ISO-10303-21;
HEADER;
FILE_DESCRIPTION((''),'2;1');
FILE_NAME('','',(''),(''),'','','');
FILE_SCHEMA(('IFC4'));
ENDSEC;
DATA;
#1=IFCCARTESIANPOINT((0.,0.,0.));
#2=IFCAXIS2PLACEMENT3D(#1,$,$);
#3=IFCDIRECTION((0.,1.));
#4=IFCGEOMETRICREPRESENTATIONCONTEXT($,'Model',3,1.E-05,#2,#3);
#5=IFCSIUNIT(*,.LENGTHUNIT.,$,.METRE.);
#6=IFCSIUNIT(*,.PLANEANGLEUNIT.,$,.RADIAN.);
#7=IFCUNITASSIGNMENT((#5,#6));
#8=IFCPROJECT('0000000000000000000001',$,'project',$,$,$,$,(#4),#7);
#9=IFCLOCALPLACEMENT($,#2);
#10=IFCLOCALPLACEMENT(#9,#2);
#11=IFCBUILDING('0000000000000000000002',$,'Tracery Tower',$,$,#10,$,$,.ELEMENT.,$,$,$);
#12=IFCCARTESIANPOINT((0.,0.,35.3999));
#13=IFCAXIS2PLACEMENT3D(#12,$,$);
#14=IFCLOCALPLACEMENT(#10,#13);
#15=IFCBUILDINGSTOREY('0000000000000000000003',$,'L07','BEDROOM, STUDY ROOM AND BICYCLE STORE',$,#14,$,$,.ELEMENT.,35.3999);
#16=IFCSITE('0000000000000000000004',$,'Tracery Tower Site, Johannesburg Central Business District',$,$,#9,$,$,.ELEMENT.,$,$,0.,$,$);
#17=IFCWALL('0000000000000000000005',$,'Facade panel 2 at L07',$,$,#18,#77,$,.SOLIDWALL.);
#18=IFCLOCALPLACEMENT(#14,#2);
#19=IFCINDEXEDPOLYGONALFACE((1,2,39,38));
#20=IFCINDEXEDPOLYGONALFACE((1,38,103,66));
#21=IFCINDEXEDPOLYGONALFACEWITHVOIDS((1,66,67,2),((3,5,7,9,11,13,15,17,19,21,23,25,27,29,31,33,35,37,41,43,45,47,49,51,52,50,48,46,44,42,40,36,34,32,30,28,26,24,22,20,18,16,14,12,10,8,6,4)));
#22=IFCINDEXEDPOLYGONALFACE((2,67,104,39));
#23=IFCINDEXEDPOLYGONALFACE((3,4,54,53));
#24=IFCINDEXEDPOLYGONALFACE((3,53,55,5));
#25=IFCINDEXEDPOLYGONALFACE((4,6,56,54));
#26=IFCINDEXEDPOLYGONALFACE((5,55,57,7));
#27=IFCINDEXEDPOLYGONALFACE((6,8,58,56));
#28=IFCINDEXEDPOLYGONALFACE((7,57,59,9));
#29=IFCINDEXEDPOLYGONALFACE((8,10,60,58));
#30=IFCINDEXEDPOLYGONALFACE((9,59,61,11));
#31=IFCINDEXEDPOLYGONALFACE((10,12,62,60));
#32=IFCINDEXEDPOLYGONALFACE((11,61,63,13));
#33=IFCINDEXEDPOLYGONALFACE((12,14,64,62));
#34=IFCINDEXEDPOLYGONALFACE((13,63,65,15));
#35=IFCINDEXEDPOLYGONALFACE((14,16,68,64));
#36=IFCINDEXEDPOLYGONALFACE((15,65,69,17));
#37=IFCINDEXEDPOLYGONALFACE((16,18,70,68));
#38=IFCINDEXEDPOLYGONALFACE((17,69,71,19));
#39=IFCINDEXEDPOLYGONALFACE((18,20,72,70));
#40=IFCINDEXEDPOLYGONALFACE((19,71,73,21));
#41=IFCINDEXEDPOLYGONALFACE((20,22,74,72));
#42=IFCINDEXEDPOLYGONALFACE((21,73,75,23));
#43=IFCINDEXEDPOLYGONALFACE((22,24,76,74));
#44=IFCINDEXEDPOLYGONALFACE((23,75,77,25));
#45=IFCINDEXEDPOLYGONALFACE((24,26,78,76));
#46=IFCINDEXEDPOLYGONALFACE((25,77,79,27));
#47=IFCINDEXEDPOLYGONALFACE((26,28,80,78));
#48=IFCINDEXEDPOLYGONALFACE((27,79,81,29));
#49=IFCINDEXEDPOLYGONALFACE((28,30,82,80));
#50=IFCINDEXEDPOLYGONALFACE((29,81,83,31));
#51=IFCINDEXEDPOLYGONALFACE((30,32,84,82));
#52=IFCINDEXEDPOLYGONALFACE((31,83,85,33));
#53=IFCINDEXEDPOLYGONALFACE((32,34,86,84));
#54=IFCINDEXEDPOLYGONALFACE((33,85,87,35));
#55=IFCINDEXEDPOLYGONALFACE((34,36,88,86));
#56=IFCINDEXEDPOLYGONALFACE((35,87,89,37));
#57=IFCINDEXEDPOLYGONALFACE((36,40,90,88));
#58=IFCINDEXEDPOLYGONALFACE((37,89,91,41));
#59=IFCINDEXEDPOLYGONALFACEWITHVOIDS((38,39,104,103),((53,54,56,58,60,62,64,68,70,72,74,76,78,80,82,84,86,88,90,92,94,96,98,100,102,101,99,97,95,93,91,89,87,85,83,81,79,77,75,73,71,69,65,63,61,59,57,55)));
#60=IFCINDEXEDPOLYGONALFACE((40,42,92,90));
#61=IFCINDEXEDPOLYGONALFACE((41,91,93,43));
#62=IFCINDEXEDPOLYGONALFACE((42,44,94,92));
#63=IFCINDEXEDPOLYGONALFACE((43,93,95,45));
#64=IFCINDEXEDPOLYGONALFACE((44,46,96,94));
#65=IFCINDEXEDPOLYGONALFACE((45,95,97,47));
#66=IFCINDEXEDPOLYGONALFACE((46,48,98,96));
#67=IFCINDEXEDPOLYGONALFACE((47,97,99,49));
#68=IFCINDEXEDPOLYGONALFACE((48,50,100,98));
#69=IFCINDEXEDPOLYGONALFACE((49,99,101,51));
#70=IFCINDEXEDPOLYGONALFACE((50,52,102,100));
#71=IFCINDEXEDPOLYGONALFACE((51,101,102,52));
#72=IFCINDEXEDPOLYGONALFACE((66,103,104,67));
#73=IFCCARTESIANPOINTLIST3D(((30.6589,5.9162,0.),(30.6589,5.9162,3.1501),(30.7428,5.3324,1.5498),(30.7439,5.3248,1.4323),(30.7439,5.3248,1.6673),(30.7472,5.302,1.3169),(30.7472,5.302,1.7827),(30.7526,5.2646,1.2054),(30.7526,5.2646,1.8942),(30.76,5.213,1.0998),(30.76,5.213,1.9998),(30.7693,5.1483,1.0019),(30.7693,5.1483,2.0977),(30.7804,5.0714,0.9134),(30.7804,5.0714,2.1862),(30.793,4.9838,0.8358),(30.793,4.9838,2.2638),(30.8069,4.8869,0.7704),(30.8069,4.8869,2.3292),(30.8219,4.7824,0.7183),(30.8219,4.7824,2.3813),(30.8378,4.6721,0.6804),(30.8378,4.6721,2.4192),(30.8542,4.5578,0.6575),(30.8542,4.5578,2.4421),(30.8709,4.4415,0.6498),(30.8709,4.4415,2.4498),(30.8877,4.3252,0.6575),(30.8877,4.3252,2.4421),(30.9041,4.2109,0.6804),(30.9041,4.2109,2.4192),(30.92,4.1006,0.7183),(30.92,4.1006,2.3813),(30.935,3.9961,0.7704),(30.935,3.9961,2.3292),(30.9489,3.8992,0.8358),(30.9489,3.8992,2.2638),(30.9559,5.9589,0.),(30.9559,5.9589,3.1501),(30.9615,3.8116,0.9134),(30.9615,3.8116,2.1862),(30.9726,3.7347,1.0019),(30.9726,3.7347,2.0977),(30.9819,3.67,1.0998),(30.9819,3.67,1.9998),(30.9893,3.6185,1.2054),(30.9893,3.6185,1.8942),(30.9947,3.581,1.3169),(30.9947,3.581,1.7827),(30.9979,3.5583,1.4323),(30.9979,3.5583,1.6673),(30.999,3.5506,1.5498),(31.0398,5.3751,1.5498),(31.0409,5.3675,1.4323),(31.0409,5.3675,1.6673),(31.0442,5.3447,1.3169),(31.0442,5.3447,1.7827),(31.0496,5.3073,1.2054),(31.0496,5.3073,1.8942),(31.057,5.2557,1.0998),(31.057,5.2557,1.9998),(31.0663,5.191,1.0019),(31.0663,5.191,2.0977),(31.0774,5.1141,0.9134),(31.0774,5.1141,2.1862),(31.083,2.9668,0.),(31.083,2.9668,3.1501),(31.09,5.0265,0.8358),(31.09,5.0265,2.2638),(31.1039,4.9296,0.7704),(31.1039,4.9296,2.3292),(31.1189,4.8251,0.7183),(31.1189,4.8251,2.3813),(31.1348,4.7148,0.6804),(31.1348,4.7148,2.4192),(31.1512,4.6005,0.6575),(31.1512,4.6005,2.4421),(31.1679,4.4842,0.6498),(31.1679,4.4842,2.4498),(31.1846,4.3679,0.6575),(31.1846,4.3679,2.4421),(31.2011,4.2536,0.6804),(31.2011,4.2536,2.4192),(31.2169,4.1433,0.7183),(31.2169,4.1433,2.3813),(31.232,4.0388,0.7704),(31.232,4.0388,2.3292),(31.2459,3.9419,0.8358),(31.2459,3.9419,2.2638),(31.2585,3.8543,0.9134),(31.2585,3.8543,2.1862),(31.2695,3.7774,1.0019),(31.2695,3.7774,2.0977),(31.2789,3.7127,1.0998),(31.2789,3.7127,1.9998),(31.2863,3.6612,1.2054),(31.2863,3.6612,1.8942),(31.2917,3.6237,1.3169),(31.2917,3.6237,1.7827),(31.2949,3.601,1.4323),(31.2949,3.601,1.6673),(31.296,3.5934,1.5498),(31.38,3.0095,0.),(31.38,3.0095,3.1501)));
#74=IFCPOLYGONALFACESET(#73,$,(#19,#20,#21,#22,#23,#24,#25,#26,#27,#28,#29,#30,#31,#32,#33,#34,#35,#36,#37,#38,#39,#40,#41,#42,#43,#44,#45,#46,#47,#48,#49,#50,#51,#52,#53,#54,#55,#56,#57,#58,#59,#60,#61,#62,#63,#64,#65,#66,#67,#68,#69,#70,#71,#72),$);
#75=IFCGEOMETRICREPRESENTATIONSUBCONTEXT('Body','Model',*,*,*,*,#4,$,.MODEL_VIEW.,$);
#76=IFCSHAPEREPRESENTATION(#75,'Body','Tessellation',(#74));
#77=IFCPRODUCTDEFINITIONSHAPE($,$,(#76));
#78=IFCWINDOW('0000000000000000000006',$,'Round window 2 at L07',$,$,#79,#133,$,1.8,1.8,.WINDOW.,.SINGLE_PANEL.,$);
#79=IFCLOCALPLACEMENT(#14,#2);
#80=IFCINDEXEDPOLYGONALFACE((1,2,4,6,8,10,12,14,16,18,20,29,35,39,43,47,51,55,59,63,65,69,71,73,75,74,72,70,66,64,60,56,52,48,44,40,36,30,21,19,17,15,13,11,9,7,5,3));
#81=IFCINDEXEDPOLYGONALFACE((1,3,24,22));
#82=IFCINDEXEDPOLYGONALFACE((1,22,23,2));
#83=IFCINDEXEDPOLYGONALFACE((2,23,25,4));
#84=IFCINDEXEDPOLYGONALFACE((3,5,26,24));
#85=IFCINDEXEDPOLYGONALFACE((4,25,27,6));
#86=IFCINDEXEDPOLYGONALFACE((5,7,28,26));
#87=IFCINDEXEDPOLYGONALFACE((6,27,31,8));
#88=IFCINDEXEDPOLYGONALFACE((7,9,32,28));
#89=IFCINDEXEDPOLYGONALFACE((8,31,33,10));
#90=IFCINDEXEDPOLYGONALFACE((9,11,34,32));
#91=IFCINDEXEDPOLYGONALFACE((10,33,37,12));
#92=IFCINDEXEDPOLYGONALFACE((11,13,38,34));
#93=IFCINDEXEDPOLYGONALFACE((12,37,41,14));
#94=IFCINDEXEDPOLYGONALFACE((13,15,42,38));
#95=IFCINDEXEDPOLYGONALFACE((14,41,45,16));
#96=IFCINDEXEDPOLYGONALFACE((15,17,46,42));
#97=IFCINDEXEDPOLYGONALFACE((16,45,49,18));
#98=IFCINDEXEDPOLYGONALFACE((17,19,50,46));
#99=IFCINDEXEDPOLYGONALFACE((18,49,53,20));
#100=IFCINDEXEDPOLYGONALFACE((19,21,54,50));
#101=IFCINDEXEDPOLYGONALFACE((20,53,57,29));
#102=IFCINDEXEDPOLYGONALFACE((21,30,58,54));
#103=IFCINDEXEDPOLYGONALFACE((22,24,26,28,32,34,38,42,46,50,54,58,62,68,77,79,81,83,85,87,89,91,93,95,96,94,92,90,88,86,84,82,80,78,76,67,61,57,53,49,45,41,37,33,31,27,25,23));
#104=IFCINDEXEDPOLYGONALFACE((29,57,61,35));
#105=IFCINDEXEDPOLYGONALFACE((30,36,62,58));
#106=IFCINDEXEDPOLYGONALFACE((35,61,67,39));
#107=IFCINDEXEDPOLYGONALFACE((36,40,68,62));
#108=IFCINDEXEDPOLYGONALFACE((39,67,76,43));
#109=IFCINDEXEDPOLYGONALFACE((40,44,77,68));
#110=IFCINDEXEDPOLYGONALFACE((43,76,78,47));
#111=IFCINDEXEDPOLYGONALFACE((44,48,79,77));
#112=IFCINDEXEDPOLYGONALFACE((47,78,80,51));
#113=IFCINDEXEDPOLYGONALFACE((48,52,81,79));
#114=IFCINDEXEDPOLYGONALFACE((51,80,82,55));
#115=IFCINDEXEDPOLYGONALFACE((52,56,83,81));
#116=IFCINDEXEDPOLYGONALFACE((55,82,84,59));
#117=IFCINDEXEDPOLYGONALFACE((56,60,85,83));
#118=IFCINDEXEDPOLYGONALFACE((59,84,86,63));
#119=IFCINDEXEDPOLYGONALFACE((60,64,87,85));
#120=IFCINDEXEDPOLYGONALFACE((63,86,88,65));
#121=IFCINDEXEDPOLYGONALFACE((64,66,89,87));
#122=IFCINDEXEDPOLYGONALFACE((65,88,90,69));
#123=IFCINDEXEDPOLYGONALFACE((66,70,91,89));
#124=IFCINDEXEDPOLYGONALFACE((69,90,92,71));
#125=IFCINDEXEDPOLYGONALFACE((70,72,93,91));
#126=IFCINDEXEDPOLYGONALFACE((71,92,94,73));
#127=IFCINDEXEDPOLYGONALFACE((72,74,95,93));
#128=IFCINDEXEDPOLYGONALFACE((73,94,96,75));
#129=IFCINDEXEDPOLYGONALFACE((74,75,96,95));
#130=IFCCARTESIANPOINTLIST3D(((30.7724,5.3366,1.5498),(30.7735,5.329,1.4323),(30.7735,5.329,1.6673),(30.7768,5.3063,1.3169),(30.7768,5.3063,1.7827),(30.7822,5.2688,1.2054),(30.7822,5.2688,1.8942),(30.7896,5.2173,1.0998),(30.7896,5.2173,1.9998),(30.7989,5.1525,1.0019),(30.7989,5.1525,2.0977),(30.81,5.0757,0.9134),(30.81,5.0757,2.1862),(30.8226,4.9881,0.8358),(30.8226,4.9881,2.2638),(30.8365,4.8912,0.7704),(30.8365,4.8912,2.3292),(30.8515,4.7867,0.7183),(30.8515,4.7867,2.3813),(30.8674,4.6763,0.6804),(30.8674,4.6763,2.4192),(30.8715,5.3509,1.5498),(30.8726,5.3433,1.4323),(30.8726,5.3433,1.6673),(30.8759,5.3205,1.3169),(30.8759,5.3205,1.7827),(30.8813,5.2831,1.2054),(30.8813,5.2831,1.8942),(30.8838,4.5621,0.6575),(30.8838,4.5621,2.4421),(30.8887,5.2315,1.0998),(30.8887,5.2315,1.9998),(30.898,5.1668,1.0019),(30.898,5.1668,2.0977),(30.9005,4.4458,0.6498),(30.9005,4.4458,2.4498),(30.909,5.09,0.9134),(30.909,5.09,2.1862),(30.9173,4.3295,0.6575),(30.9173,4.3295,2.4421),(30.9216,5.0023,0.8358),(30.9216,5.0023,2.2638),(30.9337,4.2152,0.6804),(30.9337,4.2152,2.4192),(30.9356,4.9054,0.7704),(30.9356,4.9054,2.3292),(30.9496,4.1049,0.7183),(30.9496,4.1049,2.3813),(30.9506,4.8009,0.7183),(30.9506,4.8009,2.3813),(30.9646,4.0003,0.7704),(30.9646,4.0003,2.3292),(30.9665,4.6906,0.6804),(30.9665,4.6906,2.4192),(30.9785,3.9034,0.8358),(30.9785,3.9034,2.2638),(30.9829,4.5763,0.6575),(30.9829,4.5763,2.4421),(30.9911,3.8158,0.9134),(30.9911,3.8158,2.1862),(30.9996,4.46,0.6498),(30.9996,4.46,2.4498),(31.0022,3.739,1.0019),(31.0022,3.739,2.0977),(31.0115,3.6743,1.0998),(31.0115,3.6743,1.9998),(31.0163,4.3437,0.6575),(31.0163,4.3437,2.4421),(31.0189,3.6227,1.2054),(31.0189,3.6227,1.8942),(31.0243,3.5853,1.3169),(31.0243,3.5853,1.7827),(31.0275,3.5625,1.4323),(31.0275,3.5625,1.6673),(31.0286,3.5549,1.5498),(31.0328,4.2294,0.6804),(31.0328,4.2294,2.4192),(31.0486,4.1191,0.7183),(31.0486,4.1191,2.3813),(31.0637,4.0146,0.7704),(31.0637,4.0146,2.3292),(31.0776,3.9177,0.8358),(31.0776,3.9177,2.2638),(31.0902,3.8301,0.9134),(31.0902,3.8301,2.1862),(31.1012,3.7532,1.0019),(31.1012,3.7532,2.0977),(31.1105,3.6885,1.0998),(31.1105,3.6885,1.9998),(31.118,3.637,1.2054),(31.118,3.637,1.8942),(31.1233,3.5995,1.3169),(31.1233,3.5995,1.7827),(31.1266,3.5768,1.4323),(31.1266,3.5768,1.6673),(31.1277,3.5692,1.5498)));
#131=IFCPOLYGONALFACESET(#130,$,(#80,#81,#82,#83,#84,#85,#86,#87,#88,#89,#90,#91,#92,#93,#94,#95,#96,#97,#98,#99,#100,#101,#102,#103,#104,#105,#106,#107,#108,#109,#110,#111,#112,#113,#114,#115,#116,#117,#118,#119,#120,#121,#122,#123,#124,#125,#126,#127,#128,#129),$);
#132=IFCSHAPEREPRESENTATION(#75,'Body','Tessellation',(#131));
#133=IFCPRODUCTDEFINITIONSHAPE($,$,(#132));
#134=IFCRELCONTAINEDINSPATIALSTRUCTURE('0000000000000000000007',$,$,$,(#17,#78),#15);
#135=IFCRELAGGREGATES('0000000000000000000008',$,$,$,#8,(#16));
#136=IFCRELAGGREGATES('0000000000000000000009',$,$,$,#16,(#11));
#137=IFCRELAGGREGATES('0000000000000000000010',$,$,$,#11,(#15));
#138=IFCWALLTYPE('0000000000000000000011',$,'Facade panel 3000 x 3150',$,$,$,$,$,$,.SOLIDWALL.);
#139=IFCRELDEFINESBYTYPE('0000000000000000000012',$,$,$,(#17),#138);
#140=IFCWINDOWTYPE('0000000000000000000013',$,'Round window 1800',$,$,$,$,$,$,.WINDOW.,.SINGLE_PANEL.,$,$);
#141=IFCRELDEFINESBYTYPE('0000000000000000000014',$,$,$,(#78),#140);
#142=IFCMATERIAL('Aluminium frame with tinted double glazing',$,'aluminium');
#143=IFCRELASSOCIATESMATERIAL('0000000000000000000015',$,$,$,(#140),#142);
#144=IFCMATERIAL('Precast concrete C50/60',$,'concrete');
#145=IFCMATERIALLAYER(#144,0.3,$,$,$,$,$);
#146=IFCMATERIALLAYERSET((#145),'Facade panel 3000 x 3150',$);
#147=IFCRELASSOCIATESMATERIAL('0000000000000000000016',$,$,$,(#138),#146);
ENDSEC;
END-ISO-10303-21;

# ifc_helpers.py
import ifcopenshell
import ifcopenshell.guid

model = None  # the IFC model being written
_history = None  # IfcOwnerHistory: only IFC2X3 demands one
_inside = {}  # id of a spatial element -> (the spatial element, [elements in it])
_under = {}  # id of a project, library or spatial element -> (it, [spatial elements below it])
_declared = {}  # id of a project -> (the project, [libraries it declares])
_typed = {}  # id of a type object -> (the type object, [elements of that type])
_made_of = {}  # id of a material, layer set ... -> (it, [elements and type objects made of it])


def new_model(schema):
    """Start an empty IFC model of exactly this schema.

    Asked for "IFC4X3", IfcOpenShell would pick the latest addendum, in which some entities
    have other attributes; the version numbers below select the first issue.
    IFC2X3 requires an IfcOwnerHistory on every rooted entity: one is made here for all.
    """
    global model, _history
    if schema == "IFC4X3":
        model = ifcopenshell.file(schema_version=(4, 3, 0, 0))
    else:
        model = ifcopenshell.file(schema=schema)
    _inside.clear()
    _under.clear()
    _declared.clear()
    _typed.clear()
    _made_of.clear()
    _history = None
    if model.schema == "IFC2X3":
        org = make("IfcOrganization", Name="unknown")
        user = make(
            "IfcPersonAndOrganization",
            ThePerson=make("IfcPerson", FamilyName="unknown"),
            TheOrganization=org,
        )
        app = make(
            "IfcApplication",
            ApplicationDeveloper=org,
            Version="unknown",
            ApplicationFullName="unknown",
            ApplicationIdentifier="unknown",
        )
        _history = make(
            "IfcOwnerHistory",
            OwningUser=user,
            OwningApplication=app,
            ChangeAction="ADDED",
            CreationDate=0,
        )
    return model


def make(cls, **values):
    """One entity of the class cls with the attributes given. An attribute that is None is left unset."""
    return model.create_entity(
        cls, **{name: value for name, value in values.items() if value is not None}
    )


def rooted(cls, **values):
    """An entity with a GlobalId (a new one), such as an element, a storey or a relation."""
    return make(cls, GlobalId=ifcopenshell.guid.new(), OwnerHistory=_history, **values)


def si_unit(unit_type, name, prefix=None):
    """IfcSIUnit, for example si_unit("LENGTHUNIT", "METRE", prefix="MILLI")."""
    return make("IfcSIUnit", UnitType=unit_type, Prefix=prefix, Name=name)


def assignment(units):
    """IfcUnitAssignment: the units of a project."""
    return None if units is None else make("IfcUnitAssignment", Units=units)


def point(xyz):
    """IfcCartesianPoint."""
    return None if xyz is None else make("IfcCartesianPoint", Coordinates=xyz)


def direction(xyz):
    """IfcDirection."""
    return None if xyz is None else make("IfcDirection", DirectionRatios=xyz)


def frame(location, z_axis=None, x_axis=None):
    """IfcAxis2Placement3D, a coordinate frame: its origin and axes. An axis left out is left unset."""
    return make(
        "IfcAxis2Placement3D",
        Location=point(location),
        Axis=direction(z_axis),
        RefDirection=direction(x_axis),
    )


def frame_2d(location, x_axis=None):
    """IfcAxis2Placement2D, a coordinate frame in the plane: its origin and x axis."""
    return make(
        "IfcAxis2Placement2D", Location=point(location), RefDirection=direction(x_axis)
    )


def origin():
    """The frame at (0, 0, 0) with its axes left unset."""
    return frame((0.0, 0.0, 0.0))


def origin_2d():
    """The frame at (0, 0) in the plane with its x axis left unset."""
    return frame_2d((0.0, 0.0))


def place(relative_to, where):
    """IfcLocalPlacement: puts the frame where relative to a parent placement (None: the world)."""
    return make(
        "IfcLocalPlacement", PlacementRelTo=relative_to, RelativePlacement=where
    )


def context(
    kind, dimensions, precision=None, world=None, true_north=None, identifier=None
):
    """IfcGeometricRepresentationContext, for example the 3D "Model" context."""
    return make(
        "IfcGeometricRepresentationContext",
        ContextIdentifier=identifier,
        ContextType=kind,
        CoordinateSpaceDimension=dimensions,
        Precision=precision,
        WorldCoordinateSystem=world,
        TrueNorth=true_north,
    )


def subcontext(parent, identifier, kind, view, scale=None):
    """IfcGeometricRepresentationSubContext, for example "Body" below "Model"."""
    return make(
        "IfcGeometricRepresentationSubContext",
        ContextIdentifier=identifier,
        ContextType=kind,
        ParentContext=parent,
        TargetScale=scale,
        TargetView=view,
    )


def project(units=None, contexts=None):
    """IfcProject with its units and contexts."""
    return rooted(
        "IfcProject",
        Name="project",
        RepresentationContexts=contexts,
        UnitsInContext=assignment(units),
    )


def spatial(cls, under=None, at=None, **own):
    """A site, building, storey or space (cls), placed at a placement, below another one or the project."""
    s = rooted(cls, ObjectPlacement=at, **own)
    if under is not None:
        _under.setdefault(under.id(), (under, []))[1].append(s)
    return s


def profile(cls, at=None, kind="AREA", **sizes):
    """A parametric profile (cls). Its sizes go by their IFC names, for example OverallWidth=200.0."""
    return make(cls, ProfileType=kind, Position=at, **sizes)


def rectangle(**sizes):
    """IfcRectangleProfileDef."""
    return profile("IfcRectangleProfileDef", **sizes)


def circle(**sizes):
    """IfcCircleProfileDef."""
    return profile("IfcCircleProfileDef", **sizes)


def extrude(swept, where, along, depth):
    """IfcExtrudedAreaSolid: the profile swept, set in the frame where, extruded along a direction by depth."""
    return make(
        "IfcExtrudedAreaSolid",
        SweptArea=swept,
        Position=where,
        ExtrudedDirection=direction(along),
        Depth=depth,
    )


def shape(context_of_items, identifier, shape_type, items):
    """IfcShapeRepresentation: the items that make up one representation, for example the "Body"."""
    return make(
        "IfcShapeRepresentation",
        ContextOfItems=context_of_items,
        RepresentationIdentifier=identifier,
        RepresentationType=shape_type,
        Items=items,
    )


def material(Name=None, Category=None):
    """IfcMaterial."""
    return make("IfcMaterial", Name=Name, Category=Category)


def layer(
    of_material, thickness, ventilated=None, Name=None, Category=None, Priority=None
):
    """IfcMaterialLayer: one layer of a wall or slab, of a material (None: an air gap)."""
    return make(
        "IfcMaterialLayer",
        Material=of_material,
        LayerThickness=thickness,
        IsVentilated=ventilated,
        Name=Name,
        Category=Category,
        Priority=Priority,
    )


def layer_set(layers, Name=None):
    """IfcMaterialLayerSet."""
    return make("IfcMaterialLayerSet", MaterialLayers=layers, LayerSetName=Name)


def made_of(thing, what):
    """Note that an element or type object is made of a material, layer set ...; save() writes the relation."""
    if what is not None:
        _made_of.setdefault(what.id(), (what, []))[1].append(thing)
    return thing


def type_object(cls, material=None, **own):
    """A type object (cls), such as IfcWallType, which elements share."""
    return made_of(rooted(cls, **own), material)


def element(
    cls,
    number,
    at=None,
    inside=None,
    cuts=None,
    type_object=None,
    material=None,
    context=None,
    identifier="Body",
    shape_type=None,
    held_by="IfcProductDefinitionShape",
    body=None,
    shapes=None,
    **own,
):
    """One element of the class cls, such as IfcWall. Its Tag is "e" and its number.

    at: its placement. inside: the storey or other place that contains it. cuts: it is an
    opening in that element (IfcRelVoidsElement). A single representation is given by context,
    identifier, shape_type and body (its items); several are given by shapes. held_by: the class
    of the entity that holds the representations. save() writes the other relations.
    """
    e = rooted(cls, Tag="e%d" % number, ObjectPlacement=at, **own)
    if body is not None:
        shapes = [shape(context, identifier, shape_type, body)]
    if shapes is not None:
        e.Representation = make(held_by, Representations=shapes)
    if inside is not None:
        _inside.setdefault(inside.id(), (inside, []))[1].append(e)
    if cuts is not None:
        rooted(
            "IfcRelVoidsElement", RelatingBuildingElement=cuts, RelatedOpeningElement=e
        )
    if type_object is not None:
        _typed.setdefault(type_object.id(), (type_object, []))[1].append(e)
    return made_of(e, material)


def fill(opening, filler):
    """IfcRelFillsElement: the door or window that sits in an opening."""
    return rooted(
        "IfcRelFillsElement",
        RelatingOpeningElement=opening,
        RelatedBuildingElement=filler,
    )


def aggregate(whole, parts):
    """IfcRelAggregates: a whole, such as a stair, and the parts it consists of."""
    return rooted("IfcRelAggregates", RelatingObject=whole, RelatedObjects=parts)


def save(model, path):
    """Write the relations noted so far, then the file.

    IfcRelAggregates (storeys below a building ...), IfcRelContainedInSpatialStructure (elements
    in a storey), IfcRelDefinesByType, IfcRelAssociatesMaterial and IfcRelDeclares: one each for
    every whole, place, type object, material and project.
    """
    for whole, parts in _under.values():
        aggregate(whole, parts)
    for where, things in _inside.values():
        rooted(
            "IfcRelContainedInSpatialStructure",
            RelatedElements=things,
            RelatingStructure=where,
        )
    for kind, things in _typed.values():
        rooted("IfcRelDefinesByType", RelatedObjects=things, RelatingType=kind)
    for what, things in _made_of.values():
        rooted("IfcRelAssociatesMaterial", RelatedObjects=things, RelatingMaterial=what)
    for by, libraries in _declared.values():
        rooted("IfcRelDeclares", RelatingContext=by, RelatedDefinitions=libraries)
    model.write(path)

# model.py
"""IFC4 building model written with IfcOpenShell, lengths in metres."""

from ifc_helpers import new_model, si_unit, direction, frame, frame_2d, origin, origin_2d, place, context, subcontext, project, spatial, rectangle, circle, extrude, material, layer, layer_set, type_object, element, fill, save


model = new_model("IFC4")

# Units and contexts
model_context = context("Model", 3, precision=1e-05, world=origin(), true_north=direction((0.0, 1.0)))
body_context = subcontext(model_context, "Body", "Model", "MODEL_VIEW")
ifc_project = project(units=[si_unit("LENGTHUNIT", "METRE"), si_unit("PLANEANGLEUNIT", "RADIAN")], contexts=[model_context])

# Site, building, storey
site_placement = place(None, origin())
site = spatial("IfcSite", under=ifc_project, at=site_placement, Name="Tracery Tower Site, Johannesburg Central Business District", CompositionType="ELEMENT", RefElevation=0.0)
building_placement = place(site_placement, origin())
building = spatial("IfcBuilding", under=site, at=building_placement, Name="Tracery Tower", CompositionType="ELEMENT")
storey_placement = place(building_placement, frame((0.0, 0.0, 35.3999)))
storey = spatial("IfcBuildingStorey", under=building, at=storey_placement, Name="L07", Description="BEDROOM, STUDY ROOM AND BICYCLE STORE", CompositionType="ELEMENT", Elevation=35.3999)

# Wall, opening, window
ifc_material_1 = material(Name="Aluminium frame with tinted double glazing", Category="aluminium")
window_type = type_object("IfcWindowType", Name="Round window 1800", PartitioningType="SINGLE_PANEL", PredefinedType="WINDOW", material=ifc_material_1)
ifc_material_2 = material(Name="Precast concrete C50/60", Category="concrete")
ifc_layer_1 = layer(ifc_material_2, 0.3)
ifc_layer_set_1 = layer_set([ifc_layer_1], Name="Facade panel 3000 x 3150")
wall_type_1 = type_object("IfcWallType", Name="Facade panel 3000 x 3150", PredefinedType="SOLIDWALL", material=ifc_layer_set_1)
wall_1_placement = place(storey_placement, frame((31.2314, 2.9883, 0.0), z_axis=(0.0, 0.0, 1.0), x_axis=(-0.142316, 0.989821, 0.0)))
wall_1 = element("IfcWall", 1, at=wall_1_placement, inside=storey, type_object=wall_type_1, Name="Facade panel 2 at L07", PredefinedType="SOLIDWALL", context=body_context, shape_type="SweptSolid", body=[
    extrude(rectangle(XDim=2.9797, YDim=0.3, at=frame_2d((1.4897, 0.0))), origin(), (0.0, 0.0, 1.0), 3.1501),
])
opening_1_placement = place(wall_1_placement, frame((1.4897, 0.0, 1.5498)))
opening_1 = element("IfcOpeningElement", 2, at=opening_1_placement, cuts=wall_1, PredefinedType="OPENING", context=body_context, shape_type="SweptSolid", body=[
    extrude(circle(Radius=0.9, at=origin_2d()), frame((0.0, 0.1599, 0.0), z_axis=(0.0, -1.0, 0.0), x_axis=(1.0, 0.0, 0.0)), (0.0, 0.0, 1.0), 0.3201),
])
window_1_placement = place(opening_1_placement, origin())
window_1 = element("IfcWindow", 3, at=window_1_placement, inside=storey, type_object=window_type, Name="Round window 2 at L07", OverallHeight=1.8, OverallWidth=1.8, PartitioningType="SINGLE_PANEL", PredefinedType="WINDOW", context=body_context, shape_type="SweptSolid", body=[
    extrude(circle(Radius=0.9, at=origin_2d()), frame((0.0, 0.1201, 0.0), z_axis=(0.0, -1.0, 0.0), x_axis=(1.0, 0.0, 0.0)), (0.0, 0.0, 1.0), 0.1001),
])
fill(opening_1, window_1)

save(model, "model.ifc")
